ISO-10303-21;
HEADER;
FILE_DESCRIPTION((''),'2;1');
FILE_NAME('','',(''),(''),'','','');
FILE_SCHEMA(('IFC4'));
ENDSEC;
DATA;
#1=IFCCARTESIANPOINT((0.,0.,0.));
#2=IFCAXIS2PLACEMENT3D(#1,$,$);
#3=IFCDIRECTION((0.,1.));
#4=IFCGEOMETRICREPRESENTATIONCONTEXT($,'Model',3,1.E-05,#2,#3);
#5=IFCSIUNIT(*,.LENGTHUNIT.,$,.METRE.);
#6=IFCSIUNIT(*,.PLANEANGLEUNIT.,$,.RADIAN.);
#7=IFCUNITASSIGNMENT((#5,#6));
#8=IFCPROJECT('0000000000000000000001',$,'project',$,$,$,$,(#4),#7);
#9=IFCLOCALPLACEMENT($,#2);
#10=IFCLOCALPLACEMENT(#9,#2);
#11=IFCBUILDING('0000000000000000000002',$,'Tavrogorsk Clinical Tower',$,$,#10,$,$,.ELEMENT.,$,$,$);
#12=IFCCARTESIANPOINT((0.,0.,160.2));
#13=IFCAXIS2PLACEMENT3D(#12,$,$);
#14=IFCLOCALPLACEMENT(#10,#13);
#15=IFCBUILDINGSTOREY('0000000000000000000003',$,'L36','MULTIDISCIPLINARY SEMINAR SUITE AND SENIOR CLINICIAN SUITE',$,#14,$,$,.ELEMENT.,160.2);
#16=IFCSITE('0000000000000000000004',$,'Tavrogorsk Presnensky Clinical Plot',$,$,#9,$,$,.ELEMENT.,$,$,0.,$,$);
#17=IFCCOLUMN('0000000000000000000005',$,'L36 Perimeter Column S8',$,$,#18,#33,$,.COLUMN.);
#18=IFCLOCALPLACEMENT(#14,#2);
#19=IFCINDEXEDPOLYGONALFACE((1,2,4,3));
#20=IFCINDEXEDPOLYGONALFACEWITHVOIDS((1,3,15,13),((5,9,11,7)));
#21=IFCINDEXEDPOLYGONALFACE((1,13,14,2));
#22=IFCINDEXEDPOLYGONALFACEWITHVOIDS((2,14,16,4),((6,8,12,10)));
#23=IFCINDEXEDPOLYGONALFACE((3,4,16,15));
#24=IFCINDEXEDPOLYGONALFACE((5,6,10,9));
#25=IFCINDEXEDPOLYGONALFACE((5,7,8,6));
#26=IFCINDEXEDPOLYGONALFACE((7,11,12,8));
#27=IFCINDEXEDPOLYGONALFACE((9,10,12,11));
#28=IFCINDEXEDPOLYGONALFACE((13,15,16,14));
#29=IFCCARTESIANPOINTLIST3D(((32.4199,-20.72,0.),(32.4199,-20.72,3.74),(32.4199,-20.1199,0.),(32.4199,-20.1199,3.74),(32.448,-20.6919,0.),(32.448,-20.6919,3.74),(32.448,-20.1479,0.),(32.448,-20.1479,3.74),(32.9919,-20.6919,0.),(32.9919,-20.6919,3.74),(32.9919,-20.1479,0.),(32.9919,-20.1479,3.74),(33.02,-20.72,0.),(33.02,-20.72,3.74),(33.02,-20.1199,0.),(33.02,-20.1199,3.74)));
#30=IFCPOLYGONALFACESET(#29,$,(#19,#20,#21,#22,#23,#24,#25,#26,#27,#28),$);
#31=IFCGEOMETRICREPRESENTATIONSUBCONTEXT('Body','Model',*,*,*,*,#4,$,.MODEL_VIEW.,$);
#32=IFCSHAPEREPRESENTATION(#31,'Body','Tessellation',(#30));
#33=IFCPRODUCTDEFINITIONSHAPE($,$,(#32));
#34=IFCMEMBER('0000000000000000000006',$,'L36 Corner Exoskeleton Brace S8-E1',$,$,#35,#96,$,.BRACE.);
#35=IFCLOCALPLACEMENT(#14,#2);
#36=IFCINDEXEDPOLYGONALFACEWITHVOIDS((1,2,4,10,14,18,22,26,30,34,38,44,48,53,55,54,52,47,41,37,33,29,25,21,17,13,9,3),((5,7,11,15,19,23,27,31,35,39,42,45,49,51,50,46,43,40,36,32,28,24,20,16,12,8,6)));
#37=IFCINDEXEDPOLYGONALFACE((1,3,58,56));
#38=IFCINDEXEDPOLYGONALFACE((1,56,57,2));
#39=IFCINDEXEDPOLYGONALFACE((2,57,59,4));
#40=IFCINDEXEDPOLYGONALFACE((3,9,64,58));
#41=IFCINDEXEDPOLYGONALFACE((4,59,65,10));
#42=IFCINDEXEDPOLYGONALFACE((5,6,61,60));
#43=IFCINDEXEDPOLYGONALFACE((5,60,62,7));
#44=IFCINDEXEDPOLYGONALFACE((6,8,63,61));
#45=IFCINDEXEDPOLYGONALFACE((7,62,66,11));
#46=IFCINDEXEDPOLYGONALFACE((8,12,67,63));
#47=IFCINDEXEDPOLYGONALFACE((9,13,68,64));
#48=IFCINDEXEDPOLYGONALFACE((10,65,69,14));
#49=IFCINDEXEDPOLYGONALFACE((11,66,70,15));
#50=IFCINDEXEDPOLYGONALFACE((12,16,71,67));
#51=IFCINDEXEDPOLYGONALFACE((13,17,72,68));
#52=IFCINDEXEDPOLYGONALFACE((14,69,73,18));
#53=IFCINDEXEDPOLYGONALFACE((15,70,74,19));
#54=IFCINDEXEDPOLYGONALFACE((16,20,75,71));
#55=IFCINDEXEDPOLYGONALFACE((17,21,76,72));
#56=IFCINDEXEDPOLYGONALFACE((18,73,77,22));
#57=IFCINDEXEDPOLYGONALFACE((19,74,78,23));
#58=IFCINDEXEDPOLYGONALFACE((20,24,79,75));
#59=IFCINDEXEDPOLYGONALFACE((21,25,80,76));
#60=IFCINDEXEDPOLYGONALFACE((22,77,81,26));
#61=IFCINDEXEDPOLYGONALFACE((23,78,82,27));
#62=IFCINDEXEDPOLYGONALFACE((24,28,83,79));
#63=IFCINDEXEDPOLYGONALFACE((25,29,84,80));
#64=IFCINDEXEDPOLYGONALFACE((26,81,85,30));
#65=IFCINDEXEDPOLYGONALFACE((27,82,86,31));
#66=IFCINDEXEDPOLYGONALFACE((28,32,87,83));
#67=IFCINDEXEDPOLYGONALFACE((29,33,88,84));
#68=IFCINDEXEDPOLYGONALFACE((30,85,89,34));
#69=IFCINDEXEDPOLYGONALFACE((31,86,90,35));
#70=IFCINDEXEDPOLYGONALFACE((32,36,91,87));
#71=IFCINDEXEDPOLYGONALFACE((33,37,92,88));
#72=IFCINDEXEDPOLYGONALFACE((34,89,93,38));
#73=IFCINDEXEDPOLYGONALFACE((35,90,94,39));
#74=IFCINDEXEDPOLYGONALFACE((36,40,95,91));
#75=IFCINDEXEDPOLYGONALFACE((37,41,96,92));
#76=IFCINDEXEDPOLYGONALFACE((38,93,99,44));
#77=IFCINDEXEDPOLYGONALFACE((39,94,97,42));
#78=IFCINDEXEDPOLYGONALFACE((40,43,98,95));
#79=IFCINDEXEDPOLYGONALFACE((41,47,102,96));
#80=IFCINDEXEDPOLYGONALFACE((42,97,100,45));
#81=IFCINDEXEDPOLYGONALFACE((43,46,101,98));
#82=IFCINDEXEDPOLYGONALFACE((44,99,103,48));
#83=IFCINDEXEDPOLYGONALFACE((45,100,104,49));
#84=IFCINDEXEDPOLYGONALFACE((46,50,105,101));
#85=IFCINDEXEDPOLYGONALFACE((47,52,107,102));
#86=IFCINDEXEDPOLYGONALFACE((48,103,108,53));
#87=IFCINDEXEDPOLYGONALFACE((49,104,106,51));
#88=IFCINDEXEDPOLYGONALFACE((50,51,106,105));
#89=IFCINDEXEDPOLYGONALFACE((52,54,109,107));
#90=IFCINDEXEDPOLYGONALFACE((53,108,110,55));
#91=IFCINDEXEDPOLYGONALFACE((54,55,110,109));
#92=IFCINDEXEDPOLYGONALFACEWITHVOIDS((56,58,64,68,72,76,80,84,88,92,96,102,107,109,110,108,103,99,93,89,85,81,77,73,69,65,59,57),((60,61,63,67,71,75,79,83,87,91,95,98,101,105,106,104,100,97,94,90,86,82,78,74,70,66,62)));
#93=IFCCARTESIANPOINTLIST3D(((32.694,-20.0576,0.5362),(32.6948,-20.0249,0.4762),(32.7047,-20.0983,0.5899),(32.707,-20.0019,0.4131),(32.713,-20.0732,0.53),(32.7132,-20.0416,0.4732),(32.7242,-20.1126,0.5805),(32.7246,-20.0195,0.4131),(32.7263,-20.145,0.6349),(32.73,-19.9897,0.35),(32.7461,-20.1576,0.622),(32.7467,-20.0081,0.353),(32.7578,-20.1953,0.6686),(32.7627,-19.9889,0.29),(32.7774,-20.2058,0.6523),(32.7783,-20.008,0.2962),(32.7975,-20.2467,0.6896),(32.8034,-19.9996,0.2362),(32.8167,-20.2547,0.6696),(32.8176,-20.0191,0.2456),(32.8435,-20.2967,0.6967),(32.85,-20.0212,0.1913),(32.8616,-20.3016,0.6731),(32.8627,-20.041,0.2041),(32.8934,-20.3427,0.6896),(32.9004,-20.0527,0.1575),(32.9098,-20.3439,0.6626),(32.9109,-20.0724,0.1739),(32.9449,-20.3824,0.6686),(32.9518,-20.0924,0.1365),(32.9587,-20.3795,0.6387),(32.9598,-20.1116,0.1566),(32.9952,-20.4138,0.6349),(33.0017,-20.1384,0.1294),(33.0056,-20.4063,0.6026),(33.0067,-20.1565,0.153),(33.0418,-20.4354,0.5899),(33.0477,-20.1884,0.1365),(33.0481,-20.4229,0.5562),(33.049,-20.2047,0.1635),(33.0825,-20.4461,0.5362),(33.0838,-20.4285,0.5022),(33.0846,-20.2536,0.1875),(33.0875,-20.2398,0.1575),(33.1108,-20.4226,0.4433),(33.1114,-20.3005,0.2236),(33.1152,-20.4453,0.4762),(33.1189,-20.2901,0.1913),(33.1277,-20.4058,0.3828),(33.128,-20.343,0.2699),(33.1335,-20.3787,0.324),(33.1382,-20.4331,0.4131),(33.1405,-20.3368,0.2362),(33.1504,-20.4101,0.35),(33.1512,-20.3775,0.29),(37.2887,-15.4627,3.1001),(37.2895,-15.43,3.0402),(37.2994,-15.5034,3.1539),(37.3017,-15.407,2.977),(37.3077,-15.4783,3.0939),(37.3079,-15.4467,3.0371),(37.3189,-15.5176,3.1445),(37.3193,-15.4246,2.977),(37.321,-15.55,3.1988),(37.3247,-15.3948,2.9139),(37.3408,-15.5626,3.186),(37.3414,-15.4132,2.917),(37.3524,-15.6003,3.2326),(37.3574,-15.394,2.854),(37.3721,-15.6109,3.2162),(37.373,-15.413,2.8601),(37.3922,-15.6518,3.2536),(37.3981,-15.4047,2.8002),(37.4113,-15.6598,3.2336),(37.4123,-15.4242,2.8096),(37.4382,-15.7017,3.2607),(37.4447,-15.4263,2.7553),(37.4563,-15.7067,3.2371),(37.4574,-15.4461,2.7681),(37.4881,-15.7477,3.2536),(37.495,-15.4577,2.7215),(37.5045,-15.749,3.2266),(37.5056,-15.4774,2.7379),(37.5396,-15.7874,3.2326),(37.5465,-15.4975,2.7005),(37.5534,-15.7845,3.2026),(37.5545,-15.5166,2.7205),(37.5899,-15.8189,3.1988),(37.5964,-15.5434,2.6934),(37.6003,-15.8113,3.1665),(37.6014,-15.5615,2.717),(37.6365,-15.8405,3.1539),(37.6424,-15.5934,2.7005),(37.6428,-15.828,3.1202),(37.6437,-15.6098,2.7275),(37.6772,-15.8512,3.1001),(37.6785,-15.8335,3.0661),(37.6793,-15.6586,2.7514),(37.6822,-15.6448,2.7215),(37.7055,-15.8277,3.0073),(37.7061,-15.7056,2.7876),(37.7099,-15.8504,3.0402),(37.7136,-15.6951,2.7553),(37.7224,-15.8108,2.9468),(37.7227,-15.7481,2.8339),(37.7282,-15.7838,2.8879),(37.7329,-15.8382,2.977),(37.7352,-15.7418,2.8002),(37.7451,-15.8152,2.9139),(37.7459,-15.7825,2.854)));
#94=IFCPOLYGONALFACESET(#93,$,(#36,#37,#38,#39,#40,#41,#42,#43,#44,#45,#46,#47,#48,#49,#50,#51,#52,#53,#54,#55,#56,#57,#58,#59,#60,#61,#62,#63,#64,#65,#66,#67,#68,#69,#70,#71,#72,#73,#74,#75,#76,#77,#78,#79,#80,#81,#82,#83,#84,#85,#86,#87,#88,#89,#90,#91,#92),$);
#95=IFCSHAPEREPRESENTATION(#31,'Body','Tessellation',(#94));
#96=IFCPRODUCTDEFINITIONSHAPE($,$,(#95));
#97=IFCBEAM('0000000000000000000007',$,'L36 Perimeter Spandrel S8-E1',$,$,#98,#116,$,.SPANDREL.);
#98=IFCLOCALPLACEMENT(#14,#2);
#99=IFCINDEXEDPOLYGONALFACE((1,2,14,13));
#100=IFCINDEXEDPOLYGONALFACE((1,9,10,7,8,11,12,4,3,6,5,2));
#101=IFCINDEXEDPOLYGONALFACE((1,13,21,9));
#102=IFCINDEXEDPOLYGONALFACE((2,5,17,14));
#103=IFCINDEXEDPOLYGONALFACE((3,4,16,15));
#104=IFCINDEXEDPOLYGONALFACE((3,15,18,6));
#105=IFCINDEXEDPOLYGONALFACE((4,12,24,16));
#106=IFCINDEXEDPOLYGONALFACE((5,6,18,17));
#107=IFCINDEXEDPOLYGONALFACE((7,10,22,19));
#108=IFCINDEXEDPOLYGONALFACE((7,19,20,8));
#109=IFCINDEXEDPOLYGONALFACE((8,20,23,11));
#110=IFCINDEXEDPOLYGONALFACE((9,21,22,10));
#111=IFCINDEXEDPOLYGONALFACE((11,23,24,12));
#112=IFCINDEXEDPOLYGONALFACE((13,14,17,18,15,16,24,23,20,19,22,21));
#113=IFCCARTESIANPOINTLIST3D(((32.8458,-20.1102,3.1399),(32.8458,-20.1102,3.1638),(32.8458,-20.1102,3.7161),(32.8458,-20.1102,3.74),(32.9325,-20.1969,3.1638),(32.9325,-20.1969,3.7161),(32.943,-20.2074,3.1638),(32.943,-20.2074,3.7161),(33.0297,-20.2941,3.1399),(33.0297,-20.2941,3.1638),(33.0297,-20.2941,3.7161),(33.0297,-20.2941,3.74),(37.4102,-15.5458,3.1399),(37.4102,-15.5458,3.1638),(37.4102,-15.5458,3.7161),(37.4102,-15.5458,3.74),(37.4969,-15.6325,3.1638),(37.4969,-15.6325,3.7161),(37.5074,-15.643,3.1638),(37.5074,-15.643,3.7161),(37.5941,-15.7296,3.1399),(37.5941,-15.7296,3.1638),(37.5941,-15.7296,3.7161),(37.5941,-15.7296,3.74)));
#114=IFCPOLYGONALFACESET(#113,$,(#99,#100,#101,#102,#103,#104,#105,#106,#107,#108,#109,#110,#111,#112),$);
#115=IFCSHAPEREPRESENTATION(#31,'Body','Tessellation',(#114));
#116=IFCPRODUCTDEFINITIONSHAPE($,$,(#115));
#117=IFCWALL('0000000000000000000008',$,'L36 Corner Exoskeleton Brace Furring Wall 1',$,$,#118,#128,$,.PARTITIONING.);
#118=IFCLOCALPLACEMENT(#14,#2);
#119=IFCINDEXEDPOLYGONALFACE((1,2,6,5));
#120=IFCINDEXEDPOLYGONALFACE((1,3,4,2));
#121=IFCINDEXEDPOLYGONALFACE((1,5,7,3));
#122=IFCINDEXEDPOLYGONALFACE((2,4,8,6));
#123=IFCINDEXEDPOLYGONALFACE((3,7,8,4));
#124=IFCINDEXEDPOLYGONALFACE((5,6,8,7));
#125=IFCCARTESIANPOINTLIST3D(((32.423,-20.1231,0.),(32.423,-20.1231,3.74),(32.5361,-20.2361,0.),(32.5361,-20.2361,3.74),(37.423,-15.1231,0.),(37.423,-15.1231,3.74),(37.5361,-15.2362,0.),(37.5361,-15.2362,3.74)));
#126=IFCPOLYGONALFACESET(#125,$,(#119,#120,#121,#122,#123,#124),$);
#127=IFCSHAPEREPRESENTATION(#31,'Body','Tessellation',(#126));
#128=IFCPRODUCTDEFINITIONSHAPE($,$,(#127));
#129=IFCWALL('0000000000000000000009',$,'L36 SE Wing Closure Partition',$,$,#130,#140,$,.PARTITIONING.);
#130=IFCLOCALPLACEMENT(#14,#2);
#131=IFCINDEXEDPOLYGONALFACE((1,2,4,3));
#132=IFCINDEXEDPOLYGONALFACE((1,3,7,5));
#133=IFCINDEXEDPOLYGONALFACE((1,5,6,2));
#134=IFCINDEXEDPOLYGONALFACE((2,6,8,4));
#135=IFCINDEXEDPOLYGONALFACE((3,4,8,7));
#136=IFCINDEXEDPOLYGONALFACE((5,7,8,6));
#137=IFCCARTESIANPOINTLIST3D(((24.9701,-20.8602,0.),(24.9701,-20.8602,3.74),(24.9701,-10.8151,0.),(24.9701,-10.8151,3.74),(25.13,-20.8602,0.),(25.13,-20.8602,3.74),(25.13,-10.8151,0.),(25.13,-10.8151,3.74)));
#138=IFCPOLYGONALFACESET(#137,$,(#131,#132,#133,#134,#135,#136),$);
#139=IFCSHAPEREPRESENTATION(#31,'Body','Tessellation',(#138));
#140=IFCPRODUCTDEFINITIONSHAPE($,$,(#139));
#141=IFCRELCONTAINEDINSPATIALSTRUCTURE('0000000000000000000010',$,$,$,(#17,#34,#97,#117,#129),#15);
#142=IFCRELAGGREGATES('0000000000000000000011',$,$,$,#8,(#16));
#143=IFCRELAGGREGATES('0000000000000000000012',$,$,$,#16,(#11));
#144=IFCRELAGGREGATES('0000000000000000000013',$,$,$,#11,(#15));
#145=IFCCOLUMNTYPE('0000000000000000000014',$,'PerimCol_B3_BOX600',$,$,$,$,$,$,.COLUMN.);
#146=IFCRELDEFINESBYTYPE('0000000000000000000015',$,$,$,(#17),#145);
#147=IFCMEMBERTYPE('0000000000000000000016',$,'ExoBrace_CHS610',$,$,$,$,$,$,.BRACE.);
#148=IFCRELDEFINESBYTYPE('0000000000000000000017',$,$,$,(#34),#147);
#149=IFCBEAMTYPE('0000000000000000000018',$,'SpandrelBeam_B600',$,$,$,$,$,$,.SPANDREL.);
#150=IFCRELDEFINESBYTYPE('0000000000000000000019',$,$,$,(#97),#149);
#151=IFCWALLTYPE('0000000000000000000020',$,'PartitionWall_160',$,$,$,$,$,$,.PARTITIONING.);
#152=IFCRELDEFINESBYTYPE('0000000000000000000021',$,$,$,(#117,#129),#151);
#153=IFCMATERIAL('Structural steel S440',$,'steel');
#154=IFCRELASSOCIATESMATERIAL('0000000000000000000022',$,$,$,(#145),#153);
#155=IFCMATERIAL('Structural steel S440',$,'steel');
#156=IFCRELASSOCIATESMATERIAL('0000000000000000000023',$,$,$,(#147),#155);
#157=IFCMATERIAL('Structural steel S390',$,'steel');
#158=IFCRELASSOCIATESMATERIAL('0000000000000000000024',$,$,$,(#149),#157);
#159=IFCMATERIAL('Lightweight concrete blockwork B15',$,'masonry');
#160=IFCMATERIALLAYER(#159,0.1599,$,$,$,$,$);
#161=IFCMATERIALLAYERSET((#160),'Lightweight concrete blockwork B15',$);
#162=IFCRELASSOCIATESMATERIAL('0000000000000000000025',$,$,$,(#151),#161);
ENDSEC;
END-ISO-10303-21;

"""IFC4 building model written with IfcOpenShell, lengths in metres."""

from ifc_helpers import new_model, si_unit, direction, frame, frame_2d, origin, origin_2d, place, context, subcontext, project, spatial, rectangle, hollow_rectangle, hollow_circle, i_section, extrude, material, layer, layer_set, material_profile, profile_set, type_object, element, save


model = new_model("IFC4")

# Units and contexts
model_context = context("Model", 3, precision=1e-05, world=origin(), true_north=direction((0.0, 1.0)))
body_context = subcontext(model_context, "Body", "Model", "MODEL_VIEW")
ifc_project = project(units=[si_unit("LENGTHUNIT", "METRE"), si_unit("PLANEANGLEUNIT", "RADIAN")], contexts=[model_context])

# Site, building, storey
site_placement = place(None, origin())
site = spatial("IfcSite", under=ifc_project, at=site_placement, Name="Tavrogorsk Presnensky Clinical Plot", CompositionType="ELEMENT", RefElevation=0.0)
building_placement = place(site_placement, origin())
building = spatial("IfcBuilding", under=site, at=building_placement, Name="Tavrogorsk Clinical Tower", CompositionType="ELEMENT")
storey_placement = place(building_placement, frame((0.0, 0.0, 160.2)))
storey = spatial("IfcBuildingStorey", under=building, at=storey_placement, Name="L36", Description="MULTIDISCIPLINARY SEMINAR SUITE AND SENIOR CLINICIAN SUITE", CompositionType="ELEMENT", Elevation=160.2)

# Column
ifc_material_1 = material(Name="Structural steel S440", Category="steel")
ifc_material_profile_1 = material_profile(ifc_material_1, hollow_rectangle(XDim=0.6001, YDim=0.6001, WallThickness=0.0281, at=origin_2d()), Name="BOX-600x600x28")
ifc_profile_set_1 = profile_set([ifc_material_profile_1], Name="Structural steel S440")
column_type = type_object("IfcColumnType", Name="PerimCol_B3_BOX600", PredefinedType="COLUMN", material=ifc_profile_set_1)
column_placement = place(storey_placement, frame((32.72, -20.4199, 0.0), z_axis=(0.0, 0.0, 1.0), x_axis=(1.0, 0.0, 0.0)))
element("IfcColumn", 1, at=column_placement, inside=storey, type_object=column_type, Name="L36 Perimeter Column S8", PredefinedType="COLUMN", context=body_context, shape_type="SweptSolid", body=[
    extrude(hollow_rectangle(XDim=0.6001, YDim=0.6001, WallThickness=0.0281, at=origin_2d()), origin(), (0.0, 0.0, 1.0), 3.74),
])

# Member
ifc_material_2 = material(Name="Structural steel S440", Category="steel")
ifc_material_profile_2 = material_profile(ifc_material_2, hollow_circle(Radius=0.3049, WallThickness=0.0249, at=origin_2d()), Name="CHS-610x25")
ifc_profile_set_2 = profile_set([ifc_material_profile_2], Name="Structural steel S440")
member_type = type_object("IfcMemberType", Name="ExoBrace_CHS610", PredefinedType="BRACE", material=ifc_profile_set_2)
member_placement = place(storey_placement, frame((32.9226, -20.2175, 0.4131), z_axis=(0.657739, 0.657774, 0.367034), x_axis=(-0.707126, 0.707088, 0.0)))
element("IfcMember", 2, at=member_placement, inside=storey, type_object=member_type, Name="L36 Corner Exoskeleton Brace S8-E1", PredefinedType="BRACE", context=body_context, shape_type="SweptSolid", body=[
    extrude(hollow_circle(Radius=0.3049, WallThickness=0.0249, at=origin_2d()), origin(), (0.0, 0.0, 1.0), 6.9856),
])

# Beam
ifc_material_3 = material(Name="Structural steel S390", Category="steel")
ifc_material_profile_3 = material_profile(ifc_material_3, i_section(OverallWidth=0.26, OverallDepth=0.6001, WebThickness=0.0149, FlangeThickness=0.0239, at=origin_2d()), Name="B-600x260x15x24")
ifc_profile_set_3 = profile_set([ifc_material_profile_3], Name="Structural steel S390")
beam_type = type_object("IfcBeamType", Name="SpandrelBeam_B600", PredefinedType="SPANDREL", material=ifc_profile_set_3)
beam_placement = place(storey_placement, frame((32.9377, -20.2021, 3.4399), z_axis=(0.707107, 0.707107, 0.0), x_axis=(-0.707107, 0.707107, 0.0)))
element("IfcBeam", 3, at=beam_placement, inside=storey, type_object=beam_type, Name="L36 Perimeter Spandrel S8-E1", PredefinedType="SPANDREL", context=body_context, shape_type="SweptSolid", body=[
    extrude(i_section(OverallWidth=0.26, OverallDepth=0.6001, WebThickness=0.0149, FlangeThickness=0.0239, at=origin_2d()), origin(), (0.0, 0.0, 1.0), 6.4551),
])

# Walls
ifc_material_4 = material(Name="Lightweight concrete blockwork B15", Category="masonry")
ifc_layer_1 = layer(ifc_material_4, 0.1599)
ifc_layer_set_1 = layer_set([ifc_layer_1], Name="Lightweight concrete blockwork B15")
wall_type_1 = type_object("IfcWallType", Name="PartitionWall_160", PredefinedType="PARTITIONING", material=ifc_layer_set_1)
wall_1_placement = place(storey_placement, frame((32.4795, -20.1797, 0.0), z_axis=(0.0, 0.0, 1.0), x_axis=(0.707107, 0.707107, 0.0)))
element("IfcWall", 4, at=wall_1_placement, inside=storey, type_object=wall_type_1, Name="L36 Corner Exoskeleton Brace Furring Wall 1", PredefinedType="PARTITIONING", context=body_context, shape_type="SweptSolid", body=[
    extrude(rectangle(XDim=7.071, YDim=0.1599, at=frame_2d((3.5356, 0.0))), origin(), (0.0, 0.0, 1.0), 3.74),
])
wall_2_placement = place(storey_placement, frame((25.05, -20.8601, 0.0), z_axis=(0.0, 0.0, 1.0), x_axis=(0.0, 1.0, 0.0)))
element("IfcWall", 5, at=wall_2_placement, inside=storey, type_object=wall_type_1, Name="L36 SE Wing Closure Partition", PredefinedType="PARTITIONING", context=body_context, shape_type="SweptSolid", body=[
    extrude(rectangle(XDim=10.0452, YDim=0.1599, at=frame_2d((5.0225, 0.0))), origin(), (0.0, 0.0, 1.0), 3.74),
])

save(model, "model.ifc")
